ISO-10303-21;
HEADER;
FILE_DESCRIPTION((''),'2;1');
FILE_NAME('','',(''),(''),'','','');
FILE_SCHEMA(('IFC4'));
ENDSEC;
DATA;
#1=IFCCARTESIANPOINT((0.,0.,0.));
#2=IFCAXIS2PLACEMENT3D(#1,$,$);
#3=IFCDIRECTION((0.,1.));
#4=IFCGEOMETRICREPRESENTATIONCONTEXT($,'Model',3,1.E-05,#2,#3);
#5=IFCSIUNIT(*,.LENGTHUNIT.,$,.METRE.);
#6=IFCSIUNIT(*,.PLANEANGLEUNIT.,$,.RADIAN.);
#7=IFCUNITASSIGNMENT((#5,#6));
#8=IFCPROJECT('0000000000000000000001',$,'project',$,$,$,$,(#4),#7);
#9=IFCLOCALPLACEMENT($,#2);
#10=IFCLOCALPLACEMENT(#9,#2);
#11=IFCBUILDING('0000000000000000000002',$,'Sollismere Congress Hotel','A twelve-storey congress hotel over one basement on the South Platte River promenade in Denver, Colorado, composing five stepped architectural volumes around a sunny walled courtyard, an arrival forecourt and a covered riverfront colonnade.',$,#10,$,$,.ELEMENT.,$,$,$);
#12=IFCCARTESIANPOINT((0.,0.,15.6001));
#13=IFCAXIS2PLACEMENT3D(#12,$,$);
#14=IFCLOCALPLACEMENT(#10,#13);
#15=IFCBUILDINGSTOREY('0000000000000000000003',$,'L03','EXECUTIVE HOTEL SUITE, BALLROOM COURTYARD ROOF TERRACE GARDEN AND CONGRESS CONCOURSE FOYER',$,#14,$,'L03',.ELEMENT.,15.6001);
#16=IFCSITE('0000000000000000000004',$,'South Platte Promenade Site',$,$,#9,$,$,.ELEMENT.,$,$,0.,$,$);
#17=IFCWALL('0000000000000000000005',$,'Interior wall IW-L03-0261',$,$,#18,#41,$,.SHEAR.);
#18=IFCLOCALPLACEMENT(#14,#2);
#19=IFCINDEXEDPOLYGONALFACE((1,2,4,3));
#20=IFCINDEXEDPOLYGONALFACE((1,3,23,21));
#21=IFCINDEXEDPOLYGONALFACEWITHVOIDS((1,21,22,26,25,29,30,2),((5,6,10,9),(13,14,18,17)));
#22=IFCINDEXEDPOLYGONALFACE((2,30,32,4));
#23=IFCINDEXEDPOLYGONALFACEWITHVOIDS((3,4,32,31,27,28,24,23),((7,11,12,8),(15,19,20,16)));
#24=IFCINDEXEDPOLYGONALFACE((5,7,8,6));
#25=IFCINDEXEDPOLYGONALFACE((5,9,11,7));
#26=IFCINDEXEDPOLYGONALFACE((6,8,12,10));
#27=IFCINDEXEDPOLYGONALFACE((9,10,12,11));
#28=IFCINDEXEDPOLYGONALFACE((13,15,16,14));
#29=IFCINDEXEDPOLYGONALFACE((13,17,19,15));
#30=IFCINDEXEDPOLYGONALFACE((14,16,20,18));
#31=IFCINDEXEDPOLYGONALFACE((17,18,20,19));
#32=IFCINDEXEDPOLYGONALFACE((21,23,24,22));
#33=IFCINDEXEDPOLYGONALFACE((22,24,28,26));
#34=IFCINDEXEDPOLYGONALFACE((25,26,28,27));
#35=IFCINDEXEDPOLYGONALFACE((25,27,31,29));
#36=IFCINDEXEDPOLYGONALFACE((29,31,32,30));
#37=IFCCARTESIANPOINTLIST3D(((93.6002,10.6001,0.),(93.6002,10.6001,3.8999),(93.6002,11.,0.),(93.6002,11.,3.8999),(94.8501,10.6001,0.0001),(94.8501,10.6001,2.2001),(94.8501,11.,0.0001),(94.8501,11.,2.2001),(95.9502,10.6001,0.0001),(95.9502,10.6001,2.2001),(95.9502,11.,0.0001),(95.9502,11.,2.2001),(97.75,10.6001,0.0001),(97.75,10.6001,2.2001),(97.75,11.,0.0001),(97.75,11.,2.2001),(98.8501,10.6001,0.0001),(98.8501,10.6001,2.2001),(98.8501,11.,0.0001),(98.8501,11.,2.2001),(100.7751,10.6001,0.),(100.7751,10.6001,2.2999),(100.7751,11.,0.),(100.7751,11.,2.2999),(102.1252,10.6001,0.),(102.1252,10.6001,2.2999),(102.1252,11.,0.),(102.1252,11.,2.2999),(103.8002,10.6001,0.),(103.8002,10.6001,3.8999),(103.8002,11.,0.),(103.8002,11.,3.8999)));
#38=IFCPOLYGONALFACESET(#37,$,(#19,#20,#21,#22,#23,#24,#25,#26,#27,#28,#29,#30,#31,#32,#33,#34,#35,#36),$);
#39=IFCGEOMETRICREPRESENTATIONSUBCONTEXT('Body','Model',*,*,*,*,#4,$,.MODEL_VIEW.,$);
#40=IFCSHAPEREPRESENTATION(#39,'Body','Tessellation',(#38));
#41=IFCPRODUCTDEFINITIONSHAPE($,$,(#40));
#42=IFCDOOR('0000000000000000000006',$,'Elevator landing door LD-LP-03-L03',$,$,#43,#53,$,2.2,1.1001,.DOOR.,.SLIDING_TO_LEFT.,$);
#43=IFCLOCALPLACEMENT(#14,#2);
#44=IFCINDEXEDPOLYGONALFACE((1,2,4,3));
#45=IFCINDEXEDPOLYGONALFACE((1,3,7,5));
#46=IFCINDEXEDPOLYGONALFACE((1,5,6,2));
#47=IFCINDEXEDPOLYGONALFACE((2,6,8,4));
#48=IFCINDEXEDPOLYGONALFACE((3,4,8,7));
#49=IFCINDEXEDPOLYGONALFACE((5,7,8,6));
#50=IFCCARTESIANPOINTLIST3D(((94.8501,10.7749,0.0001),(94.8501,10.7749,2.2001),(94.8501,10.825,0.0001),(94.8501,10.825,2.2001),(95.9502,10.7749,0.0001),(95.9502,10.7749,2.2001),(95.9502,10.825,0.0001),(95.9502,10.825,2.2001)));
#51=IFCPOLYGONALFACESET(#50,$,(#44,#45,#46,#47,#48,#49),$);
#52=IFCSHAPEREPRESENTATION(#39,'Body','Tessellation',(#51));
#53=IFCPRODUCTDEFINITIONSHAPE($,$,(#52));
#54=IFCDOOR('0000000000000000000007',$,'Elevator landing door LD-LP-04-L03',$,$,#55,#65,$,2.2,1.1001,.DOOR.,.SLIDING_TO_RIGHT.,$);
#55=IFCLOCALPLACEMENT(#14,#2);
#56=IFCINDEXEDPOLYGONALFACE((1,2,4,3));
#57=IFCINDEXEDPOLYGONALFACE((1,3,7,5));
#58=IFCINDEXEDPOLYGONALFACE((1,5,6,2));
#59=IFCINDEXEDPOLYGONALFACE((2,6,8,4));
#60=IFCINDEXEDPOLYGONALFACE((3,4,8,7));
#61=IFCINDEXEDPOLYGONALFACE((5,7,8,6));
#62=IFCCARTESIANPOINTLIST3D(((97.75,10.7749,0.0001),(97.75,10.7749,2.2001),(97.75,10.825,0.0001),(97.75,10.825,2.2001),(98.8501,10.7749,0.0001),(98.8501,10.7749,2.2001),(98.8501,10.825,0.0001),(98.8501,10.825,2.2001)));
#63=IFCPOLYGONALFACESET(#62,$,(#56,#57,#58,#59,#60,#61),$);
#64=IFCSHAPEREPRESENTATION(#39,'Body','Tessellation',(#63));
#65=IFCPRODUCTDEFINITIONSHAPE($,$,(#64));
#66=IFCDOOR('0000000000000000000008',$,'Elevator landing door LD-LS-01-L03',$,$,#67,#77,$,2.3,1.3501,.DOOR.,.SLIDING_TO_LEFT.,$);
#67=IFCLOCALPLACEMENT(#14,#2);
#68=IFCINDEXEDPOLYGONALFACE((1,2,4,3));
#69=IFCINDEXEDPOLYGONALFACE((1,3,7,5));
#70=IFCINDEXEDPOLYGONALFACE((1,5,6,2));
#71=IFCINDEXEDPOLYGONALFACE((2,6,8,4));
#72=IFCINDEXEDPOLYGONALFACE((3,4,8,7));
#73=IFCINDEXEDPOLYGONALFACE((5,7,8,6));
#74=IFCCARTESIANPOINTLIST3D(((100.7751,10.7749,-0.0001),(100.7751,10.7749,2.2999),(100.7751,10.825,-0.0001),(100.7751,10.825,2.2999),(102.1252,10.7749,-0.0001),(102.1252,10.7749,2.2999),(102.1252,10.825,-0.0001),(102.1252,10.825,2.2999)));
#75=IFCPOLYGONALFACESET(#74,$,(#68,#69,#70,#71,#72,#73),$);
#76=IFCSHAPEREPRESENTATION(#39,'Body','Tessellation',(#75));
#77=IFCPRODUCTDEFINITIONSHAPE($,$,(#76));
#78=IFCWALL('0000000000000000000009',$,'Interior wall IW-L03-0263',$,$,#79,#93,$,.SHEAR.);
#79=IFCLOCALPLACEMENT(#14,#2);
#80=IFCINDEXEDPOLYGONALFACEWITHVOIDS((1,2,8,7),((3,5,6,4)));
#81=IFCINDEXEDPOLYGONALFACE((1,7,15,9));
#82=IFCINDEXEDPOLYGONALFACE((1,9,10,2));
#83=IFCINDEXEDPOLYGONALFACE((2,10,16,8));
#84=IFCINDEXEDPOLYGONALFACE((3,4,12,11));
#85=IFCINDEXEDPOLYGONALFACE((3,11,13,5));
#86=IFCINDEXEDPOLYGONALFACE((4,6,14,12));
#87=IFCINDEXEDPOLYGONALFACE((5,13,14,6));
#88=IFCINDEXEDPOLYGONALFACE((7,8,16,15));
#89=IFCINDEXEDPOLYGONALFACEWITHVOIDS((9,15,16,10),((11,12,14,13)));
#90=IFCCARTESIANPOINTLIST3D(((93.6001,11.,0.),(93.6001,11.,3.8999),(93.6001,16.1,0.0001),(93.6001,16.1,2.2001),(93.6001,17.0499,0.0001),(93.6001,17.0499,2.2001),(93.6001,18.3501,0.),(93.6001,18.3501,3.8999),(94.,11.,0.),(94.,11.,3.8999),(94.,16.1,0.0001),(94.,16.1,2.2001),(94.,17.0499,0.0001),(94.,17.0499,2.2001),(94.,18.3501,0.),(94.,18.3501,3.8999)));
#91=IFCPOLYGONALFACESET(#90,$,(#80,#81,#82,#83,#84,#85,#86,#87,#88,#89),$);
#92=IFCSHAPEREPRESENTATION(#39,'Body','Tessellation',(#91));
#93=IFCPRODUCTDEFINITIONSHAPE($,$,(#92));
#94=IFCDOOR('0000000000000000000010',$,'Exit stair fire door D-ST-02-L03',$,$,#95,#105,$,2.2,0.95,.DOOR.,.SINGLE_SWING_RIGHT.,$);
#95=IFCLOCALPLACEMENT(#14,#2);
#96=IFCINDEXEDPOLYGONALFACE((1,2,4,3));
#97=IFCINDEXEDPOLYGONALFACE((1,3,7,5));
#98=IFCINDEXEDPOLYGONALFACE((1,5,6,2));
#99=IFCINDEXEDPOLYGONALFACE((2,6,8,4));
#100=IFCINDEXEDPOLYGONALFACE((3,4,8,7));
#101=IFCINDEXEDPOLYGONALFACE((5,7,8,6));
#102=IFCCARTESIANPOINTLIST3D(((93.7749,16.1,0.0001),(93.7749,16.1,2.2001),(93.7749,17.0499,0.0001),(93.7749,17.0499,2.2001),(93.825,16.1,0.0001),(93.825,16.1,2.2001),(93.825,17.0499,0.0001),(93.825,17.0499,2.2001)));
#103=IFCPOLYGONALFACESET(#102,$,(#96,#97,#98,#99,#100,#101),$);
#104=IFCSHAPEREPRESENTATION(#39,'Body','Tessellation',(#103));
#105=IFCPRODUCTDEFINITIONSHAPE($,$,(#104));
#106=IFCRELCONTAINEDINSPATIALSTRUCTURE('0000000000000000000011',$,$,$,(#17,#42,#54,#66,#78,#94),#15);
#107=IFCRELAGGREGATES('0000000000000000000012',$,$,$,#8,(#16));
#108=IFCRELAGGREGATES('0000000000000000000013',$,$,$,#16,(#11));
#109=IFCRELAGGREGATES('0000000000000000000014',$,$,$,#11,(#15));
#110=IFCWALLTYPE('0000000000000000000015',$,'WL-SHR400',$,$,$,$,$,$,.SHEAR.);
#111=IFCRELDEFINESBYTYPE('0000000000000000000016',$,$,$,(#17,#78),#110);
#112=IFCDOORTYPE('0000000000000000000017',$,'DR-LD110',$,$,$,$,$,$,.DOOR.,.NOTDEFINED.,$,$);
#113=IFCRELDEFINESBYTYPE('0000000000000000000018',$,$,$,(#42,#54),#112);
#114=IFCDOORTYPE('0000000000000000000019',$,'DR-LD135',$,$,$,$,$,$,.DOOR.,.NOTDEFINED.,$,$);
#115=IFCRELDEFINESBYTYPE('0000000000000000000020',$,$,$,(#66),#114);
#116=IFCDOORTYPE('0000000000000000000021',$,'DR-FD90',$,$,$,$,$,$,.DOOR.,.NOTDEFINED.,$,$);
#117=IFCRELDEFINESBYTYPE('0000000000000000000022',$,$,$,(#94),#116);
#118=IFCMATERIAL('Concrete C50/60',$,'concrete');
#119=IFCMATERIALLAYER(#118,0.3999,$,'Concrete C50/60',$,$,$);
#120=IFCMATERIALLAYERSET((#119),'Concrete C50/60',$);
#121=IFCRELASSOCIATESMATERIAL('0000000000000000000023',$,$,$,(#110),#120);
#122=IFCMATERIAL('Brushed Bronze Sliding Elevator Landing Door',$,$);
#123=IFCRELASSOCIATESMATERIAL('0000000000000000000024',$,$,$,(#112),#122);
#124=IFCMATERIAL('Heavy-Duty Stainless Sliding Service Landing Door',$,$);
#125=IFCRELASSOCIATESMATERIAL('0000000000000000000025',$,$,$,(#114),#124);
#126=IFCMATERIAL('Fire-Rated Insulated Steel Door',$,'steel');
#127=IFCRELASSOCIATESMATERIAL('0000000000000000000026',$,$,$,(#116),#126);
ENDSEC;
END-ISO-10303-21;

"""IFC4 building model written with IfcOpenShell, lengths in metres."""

from ifc_helpers import new_model, si_unit, direction, frame, frame_2d, origin, place, context, subcontext, project, spatial, rectangle, extrude, material, layer, layer_set, type_object, element, fill, save


model = new_model("IFC4")

# Units and contexts
model_context = context("Model", 3, precision=1e-05, world=origin(), true_north=direction((0.0, 1.0)))
body_context = subcontext(model_context, "Body", "Model", "MODEL_VIEW")
ifc_project = project(units=[si_unit("LENGTHUNIT", "METRE"), si_unit("PLANEANGLEUNIT", "RADIAN")], contexts=[model_context])

# Site, building, storey
site_placement = place(None, origin())
site = spatial("IfcSite", under=ifc_project, at=site_placement, Name="South Platte Promenade Site", CompositionType="ELEMENT", RefElevation=0.0)
building_placement = place(site_placement, origin())
building = spatial("IfcBuilding", under=site, at=building_placement, Name="Sollismere Congress Hotel", Description="A twelve-storey congress hotel over one basement on the South Platte River promenade in Denver, Colorado, composing five stepped architectural volumes around a sunny walled courtyard, an arrival forecourt and a covered riverfront colonnade.", CompositionType="ELEMENT")
storey_placement = place(building_placement, frame((0.0, 0.0, 15.6001)))
storey = spatial("IfcBuildingStorey", under=building, at=storey_placement, Name="L03", Description="EXECUTIVE HOTEL SUITE, BALLROOM COURTYARD ROOF TERRACE GARDEN AND CONGRESS CONCOURSE FOYER", LongName="L03", CompositionType="ELEMENT", Elevation=15.6001)

# Shared definitions
ifc_material_1 = material(Name="Concrete C50/60", Category="concrete")

# Wall, openings, doors
ifc_layer_1 = layer(ifc_material_1, 0.3999, Name="Concrete C50/60")
ifc_layer_set_1 = layer_set([ifc_layer_1], Name="Concrete C50/60")
wall_type_1 = type_object("IfcWallType", Name="WL-SHR400", PredefinedType="SHEAR", material=ifc_layer_set_1)
wall_1_placement = place(storey_placement, frame((93.6001, 10.8, 0.0), z_axis=(0.0, 0.0, 1.0), x_axis=(1.0, 0.0, 0.0)))
wall_1 = element("IfcWall", 1, at=wall_1_placement, inside=storey, type_object=wall_type_1, Name="Interior wall IW-L03-0261", PredefinedType="SHEAR", context=body_context, shape_type="SweptSolid", body=[
    extrude(rectangle(XDim=10.2, YDim=0.3999, at=frame_2d((5.1001, 0.0))), origin(), (0.0, 0.0, 1.0), 3.8999),
])
opening_1_placement = place(wall_1_placement, frame((1.25, 0.0, 0.0)))
opening_1 = element("IfcOpeningElement", 2, at=opening_1_placement, cuts=wall_1, PredefinedType="OPENING", context=body_context, shape_type="SweptSolid", body=[
    extrude(rectangle(XDim=1.1001, YDim=2.2, at=frame_2d((0.55, 1.1001))), frame((0.0, 0.21, 0.0), z_axis=(0.0, -1.0, 0.0), x_axis=(1.0, 0.0, 0.0)), (0.0, 0.0, 1.0), 0.4199),
])
opening_2_placement = place(wall_1_placement, frame((4.1499, 0.0, 0.0)))
opening_2 = element("IfcOpeningElement", 3, at=opening_2_placement, cuts=wall_1, PredefinedType="OPENING", context=body_context, shape_type="SweptSolid", body=[
    extrude(rectangle(XDim=1.1001, YDim=2.2, at=frame_2d((0.55, 1.1001))), frame((0.0, 0.21, 0.0), z_axis=(0.0, -1.0, 0.0), x_axis=(1.0, 0.0, 0.0)), (0.0, 0.0, 1.0), 0.4199),
])
opening_3_placement = place(wall_1_placement, frame((7.175, 0.0, 0.0)))
opening_3 = element("IfcOpeningElement", 4, at=opening_3_placement, cuts=wall_1, PredefinedType="OPENING", context=body_context, shape_type="SweptSolid", body=[
    extrude(rectangle(XDim=1.3501, YDim=2.3, at=frame_2d((0.675, 1.1499))), frame((0.0, 0.21, 0.0), z_axis=(0.0, -1.0, 0.0), x_axis=(1.0, 0.0, 0.0)), (0.0, 0.0, 1.0), 0.4199),
])
ifc_material_2 = material(Name="Brushed Bronze Sliding Elevator Landing Door")
door_type_1 = type_object("IfcDoorType", Name="DR-LD110", OperationType="NOTDEFINED", PredefinedType="DOOR", material=ifc_material_2)
door_1_placement = place(opening_1_placement, origin())
door_1 = element("IfcDoor", 5, at=door_1_placement, inside=storey, type_object=door_type_1, Name="Elevator landing door LD-LP-03-L03", OperationType="SLIDING_TO_LEFT", OverallHeight=2.2, OverallWidth=1.1001, PredefinedType="DOOR", context=body_context, shape_type="SweptSolid", body=[
    extrude(rectangle(XDim=1.1001, YDim=2.2, at=frame_2d((0.55, 1.1001))), frame((0.0, 0.0249, 0.0), z_axis=(0.0, -1.0, 0.0), x_axis=(1.0, 0.0, 0.0)), (0.0, 0.0, 1.0), 0.05),
])
fill(opening_1, door_1)
door_2_placement = place(opening_2_placement, origin())
door_2 = element("IfcDoor", 6, at=door_2_placement, inside=storey, type_object=door_type_1, Name="Elevator landing door LD-LP-04-L03", OperationType="SLIDING_TO_RIGHT", OverallHeight=2.2, OverallWidth=1.1001, PredefinedType="DOOR", context=body_context, shape_type="SweptSolid", body=[
    extrude(rectangle(XDim=1.1001, YDim=2.2, at=frame_2d((0.55, 1.1001))), frame((0.0, 0.0249, 0.0), z_axis=(0.0, -1.0, 0.0), x_axis=(1.0, 0.0, 0.0)), (0.0, 0.0, 1.0), 0.05),
])
fill(opening_2, door_2)
ifc_material_3 = material(Name="Heavy-Duty Stainless Sliding Service Landing Door")
door_type_2 = type_object("IfcDoorType", Name="DR-LD135", OperationType="NOTDEFINED", PredefinedType="DOOR", material=ifc_material_3)
door_3_placement = place(opening_3_placement, origin())
door_3 = element("IfcDoor", 7, at=door_3_placement, inside=storey, type_object=door_type_2, Name="Elevator landing door LD-LS-01-L03", OperationType="SLIDING_TO_LEFT", OverallHeight=2.3, OverallWidth=1.3501, PredefinedType="DOOR", context=body_context, shape_type="SweptSolid", body=[
    extrude(rectangle(XDim=1.3501, YDim=2.3, at=frame_2d((0.675, 1.1499))), frame((0.0, 0.0249, 0.0), z_axis=(0.0, -1.0, 0.0), x_axis=(1.0, 0.0, 0.0)), (0.0, 0.0, 1.0), 0.05),
])
fill(opening_3, door_3)

# Wall, opening, door
wall_2_placement = place(storey_placement, frame((93.8, 18.3501, 0.0), z_axis=(0.0, 0.0, 1.0), x_axis=(0.0, -1.0, 0.0)))
wall_2 = element("IfcWall", 8, at=wall_2_placement, inside=storey, type_object=wall_type_1, Name="Interior wall IW-L03-0263", PredefinedType="SHEAR", context=body_context, shape_type="SweptSolid", body=[
    extrude(rectangle(XDim=7.3501, YDim=0.3999, at=frame_2d((3.675, 0.0))), origin(), (0.0, 0.0, 1.0), 3.8999),
])
opening_4_placement = place(wall_2_placement, frame((1.3, 0.0, 0.0)))
opening_4 = element("IfcOpeningElement", 9, at=opening_4_placement, cuts=wall_2, PredefinedType="OPENING", context=body_context, shape_type="SweptSolid", body=[
    extrude(rectangle(XDim=0.95, YDim=2.2, at=frame_2d((0.4751, 1.1001))), frame((0.0, 0.21, 0.0), z_axis=(0.0, -1.0, 0.0), x_axis=(1.0, 0.0, 0.0)), (0.0, 0.0, 1.0), 0.4199),
])
ifc_material_4 = material(Name="Fire-Rated Insulated Steel Door", Category="steel")
door_type_3 = type_object("IfcDoorType", Name="DR-FD90", OperationType="NOTDEFINED", PredefinedType="DOOR", material=ifc_material_4)
door_4_placement = place(opening_4_placement, origin())
door_4 = element("IfcDoor", 10, at=door_4_placement, inside=storey, type_object=door_type_3, Name="Exit stair fire door D-ST-02-L03", OperationType="SINGLE_SWING_RIGHT", OverallHeight=2.2, OverallWidth=0.95, PredefinedType="DOOR", context=body_context, shape_type="SweptSolid", body=[
    extrude(rectangle(XDim=0.95, YDim=2.2, at=frame_2d((0.4751, 1.1001))), frame((0.0, 0.0249, 0.0), z_axis=(0.0, -1.0, 0.0), x_axis=(1.0, 0.0, 0.0)), (0.0, 0.0, 1.0), 0.05),
])
fill(opening_4, door_4)

save(model, "model.ifc")
